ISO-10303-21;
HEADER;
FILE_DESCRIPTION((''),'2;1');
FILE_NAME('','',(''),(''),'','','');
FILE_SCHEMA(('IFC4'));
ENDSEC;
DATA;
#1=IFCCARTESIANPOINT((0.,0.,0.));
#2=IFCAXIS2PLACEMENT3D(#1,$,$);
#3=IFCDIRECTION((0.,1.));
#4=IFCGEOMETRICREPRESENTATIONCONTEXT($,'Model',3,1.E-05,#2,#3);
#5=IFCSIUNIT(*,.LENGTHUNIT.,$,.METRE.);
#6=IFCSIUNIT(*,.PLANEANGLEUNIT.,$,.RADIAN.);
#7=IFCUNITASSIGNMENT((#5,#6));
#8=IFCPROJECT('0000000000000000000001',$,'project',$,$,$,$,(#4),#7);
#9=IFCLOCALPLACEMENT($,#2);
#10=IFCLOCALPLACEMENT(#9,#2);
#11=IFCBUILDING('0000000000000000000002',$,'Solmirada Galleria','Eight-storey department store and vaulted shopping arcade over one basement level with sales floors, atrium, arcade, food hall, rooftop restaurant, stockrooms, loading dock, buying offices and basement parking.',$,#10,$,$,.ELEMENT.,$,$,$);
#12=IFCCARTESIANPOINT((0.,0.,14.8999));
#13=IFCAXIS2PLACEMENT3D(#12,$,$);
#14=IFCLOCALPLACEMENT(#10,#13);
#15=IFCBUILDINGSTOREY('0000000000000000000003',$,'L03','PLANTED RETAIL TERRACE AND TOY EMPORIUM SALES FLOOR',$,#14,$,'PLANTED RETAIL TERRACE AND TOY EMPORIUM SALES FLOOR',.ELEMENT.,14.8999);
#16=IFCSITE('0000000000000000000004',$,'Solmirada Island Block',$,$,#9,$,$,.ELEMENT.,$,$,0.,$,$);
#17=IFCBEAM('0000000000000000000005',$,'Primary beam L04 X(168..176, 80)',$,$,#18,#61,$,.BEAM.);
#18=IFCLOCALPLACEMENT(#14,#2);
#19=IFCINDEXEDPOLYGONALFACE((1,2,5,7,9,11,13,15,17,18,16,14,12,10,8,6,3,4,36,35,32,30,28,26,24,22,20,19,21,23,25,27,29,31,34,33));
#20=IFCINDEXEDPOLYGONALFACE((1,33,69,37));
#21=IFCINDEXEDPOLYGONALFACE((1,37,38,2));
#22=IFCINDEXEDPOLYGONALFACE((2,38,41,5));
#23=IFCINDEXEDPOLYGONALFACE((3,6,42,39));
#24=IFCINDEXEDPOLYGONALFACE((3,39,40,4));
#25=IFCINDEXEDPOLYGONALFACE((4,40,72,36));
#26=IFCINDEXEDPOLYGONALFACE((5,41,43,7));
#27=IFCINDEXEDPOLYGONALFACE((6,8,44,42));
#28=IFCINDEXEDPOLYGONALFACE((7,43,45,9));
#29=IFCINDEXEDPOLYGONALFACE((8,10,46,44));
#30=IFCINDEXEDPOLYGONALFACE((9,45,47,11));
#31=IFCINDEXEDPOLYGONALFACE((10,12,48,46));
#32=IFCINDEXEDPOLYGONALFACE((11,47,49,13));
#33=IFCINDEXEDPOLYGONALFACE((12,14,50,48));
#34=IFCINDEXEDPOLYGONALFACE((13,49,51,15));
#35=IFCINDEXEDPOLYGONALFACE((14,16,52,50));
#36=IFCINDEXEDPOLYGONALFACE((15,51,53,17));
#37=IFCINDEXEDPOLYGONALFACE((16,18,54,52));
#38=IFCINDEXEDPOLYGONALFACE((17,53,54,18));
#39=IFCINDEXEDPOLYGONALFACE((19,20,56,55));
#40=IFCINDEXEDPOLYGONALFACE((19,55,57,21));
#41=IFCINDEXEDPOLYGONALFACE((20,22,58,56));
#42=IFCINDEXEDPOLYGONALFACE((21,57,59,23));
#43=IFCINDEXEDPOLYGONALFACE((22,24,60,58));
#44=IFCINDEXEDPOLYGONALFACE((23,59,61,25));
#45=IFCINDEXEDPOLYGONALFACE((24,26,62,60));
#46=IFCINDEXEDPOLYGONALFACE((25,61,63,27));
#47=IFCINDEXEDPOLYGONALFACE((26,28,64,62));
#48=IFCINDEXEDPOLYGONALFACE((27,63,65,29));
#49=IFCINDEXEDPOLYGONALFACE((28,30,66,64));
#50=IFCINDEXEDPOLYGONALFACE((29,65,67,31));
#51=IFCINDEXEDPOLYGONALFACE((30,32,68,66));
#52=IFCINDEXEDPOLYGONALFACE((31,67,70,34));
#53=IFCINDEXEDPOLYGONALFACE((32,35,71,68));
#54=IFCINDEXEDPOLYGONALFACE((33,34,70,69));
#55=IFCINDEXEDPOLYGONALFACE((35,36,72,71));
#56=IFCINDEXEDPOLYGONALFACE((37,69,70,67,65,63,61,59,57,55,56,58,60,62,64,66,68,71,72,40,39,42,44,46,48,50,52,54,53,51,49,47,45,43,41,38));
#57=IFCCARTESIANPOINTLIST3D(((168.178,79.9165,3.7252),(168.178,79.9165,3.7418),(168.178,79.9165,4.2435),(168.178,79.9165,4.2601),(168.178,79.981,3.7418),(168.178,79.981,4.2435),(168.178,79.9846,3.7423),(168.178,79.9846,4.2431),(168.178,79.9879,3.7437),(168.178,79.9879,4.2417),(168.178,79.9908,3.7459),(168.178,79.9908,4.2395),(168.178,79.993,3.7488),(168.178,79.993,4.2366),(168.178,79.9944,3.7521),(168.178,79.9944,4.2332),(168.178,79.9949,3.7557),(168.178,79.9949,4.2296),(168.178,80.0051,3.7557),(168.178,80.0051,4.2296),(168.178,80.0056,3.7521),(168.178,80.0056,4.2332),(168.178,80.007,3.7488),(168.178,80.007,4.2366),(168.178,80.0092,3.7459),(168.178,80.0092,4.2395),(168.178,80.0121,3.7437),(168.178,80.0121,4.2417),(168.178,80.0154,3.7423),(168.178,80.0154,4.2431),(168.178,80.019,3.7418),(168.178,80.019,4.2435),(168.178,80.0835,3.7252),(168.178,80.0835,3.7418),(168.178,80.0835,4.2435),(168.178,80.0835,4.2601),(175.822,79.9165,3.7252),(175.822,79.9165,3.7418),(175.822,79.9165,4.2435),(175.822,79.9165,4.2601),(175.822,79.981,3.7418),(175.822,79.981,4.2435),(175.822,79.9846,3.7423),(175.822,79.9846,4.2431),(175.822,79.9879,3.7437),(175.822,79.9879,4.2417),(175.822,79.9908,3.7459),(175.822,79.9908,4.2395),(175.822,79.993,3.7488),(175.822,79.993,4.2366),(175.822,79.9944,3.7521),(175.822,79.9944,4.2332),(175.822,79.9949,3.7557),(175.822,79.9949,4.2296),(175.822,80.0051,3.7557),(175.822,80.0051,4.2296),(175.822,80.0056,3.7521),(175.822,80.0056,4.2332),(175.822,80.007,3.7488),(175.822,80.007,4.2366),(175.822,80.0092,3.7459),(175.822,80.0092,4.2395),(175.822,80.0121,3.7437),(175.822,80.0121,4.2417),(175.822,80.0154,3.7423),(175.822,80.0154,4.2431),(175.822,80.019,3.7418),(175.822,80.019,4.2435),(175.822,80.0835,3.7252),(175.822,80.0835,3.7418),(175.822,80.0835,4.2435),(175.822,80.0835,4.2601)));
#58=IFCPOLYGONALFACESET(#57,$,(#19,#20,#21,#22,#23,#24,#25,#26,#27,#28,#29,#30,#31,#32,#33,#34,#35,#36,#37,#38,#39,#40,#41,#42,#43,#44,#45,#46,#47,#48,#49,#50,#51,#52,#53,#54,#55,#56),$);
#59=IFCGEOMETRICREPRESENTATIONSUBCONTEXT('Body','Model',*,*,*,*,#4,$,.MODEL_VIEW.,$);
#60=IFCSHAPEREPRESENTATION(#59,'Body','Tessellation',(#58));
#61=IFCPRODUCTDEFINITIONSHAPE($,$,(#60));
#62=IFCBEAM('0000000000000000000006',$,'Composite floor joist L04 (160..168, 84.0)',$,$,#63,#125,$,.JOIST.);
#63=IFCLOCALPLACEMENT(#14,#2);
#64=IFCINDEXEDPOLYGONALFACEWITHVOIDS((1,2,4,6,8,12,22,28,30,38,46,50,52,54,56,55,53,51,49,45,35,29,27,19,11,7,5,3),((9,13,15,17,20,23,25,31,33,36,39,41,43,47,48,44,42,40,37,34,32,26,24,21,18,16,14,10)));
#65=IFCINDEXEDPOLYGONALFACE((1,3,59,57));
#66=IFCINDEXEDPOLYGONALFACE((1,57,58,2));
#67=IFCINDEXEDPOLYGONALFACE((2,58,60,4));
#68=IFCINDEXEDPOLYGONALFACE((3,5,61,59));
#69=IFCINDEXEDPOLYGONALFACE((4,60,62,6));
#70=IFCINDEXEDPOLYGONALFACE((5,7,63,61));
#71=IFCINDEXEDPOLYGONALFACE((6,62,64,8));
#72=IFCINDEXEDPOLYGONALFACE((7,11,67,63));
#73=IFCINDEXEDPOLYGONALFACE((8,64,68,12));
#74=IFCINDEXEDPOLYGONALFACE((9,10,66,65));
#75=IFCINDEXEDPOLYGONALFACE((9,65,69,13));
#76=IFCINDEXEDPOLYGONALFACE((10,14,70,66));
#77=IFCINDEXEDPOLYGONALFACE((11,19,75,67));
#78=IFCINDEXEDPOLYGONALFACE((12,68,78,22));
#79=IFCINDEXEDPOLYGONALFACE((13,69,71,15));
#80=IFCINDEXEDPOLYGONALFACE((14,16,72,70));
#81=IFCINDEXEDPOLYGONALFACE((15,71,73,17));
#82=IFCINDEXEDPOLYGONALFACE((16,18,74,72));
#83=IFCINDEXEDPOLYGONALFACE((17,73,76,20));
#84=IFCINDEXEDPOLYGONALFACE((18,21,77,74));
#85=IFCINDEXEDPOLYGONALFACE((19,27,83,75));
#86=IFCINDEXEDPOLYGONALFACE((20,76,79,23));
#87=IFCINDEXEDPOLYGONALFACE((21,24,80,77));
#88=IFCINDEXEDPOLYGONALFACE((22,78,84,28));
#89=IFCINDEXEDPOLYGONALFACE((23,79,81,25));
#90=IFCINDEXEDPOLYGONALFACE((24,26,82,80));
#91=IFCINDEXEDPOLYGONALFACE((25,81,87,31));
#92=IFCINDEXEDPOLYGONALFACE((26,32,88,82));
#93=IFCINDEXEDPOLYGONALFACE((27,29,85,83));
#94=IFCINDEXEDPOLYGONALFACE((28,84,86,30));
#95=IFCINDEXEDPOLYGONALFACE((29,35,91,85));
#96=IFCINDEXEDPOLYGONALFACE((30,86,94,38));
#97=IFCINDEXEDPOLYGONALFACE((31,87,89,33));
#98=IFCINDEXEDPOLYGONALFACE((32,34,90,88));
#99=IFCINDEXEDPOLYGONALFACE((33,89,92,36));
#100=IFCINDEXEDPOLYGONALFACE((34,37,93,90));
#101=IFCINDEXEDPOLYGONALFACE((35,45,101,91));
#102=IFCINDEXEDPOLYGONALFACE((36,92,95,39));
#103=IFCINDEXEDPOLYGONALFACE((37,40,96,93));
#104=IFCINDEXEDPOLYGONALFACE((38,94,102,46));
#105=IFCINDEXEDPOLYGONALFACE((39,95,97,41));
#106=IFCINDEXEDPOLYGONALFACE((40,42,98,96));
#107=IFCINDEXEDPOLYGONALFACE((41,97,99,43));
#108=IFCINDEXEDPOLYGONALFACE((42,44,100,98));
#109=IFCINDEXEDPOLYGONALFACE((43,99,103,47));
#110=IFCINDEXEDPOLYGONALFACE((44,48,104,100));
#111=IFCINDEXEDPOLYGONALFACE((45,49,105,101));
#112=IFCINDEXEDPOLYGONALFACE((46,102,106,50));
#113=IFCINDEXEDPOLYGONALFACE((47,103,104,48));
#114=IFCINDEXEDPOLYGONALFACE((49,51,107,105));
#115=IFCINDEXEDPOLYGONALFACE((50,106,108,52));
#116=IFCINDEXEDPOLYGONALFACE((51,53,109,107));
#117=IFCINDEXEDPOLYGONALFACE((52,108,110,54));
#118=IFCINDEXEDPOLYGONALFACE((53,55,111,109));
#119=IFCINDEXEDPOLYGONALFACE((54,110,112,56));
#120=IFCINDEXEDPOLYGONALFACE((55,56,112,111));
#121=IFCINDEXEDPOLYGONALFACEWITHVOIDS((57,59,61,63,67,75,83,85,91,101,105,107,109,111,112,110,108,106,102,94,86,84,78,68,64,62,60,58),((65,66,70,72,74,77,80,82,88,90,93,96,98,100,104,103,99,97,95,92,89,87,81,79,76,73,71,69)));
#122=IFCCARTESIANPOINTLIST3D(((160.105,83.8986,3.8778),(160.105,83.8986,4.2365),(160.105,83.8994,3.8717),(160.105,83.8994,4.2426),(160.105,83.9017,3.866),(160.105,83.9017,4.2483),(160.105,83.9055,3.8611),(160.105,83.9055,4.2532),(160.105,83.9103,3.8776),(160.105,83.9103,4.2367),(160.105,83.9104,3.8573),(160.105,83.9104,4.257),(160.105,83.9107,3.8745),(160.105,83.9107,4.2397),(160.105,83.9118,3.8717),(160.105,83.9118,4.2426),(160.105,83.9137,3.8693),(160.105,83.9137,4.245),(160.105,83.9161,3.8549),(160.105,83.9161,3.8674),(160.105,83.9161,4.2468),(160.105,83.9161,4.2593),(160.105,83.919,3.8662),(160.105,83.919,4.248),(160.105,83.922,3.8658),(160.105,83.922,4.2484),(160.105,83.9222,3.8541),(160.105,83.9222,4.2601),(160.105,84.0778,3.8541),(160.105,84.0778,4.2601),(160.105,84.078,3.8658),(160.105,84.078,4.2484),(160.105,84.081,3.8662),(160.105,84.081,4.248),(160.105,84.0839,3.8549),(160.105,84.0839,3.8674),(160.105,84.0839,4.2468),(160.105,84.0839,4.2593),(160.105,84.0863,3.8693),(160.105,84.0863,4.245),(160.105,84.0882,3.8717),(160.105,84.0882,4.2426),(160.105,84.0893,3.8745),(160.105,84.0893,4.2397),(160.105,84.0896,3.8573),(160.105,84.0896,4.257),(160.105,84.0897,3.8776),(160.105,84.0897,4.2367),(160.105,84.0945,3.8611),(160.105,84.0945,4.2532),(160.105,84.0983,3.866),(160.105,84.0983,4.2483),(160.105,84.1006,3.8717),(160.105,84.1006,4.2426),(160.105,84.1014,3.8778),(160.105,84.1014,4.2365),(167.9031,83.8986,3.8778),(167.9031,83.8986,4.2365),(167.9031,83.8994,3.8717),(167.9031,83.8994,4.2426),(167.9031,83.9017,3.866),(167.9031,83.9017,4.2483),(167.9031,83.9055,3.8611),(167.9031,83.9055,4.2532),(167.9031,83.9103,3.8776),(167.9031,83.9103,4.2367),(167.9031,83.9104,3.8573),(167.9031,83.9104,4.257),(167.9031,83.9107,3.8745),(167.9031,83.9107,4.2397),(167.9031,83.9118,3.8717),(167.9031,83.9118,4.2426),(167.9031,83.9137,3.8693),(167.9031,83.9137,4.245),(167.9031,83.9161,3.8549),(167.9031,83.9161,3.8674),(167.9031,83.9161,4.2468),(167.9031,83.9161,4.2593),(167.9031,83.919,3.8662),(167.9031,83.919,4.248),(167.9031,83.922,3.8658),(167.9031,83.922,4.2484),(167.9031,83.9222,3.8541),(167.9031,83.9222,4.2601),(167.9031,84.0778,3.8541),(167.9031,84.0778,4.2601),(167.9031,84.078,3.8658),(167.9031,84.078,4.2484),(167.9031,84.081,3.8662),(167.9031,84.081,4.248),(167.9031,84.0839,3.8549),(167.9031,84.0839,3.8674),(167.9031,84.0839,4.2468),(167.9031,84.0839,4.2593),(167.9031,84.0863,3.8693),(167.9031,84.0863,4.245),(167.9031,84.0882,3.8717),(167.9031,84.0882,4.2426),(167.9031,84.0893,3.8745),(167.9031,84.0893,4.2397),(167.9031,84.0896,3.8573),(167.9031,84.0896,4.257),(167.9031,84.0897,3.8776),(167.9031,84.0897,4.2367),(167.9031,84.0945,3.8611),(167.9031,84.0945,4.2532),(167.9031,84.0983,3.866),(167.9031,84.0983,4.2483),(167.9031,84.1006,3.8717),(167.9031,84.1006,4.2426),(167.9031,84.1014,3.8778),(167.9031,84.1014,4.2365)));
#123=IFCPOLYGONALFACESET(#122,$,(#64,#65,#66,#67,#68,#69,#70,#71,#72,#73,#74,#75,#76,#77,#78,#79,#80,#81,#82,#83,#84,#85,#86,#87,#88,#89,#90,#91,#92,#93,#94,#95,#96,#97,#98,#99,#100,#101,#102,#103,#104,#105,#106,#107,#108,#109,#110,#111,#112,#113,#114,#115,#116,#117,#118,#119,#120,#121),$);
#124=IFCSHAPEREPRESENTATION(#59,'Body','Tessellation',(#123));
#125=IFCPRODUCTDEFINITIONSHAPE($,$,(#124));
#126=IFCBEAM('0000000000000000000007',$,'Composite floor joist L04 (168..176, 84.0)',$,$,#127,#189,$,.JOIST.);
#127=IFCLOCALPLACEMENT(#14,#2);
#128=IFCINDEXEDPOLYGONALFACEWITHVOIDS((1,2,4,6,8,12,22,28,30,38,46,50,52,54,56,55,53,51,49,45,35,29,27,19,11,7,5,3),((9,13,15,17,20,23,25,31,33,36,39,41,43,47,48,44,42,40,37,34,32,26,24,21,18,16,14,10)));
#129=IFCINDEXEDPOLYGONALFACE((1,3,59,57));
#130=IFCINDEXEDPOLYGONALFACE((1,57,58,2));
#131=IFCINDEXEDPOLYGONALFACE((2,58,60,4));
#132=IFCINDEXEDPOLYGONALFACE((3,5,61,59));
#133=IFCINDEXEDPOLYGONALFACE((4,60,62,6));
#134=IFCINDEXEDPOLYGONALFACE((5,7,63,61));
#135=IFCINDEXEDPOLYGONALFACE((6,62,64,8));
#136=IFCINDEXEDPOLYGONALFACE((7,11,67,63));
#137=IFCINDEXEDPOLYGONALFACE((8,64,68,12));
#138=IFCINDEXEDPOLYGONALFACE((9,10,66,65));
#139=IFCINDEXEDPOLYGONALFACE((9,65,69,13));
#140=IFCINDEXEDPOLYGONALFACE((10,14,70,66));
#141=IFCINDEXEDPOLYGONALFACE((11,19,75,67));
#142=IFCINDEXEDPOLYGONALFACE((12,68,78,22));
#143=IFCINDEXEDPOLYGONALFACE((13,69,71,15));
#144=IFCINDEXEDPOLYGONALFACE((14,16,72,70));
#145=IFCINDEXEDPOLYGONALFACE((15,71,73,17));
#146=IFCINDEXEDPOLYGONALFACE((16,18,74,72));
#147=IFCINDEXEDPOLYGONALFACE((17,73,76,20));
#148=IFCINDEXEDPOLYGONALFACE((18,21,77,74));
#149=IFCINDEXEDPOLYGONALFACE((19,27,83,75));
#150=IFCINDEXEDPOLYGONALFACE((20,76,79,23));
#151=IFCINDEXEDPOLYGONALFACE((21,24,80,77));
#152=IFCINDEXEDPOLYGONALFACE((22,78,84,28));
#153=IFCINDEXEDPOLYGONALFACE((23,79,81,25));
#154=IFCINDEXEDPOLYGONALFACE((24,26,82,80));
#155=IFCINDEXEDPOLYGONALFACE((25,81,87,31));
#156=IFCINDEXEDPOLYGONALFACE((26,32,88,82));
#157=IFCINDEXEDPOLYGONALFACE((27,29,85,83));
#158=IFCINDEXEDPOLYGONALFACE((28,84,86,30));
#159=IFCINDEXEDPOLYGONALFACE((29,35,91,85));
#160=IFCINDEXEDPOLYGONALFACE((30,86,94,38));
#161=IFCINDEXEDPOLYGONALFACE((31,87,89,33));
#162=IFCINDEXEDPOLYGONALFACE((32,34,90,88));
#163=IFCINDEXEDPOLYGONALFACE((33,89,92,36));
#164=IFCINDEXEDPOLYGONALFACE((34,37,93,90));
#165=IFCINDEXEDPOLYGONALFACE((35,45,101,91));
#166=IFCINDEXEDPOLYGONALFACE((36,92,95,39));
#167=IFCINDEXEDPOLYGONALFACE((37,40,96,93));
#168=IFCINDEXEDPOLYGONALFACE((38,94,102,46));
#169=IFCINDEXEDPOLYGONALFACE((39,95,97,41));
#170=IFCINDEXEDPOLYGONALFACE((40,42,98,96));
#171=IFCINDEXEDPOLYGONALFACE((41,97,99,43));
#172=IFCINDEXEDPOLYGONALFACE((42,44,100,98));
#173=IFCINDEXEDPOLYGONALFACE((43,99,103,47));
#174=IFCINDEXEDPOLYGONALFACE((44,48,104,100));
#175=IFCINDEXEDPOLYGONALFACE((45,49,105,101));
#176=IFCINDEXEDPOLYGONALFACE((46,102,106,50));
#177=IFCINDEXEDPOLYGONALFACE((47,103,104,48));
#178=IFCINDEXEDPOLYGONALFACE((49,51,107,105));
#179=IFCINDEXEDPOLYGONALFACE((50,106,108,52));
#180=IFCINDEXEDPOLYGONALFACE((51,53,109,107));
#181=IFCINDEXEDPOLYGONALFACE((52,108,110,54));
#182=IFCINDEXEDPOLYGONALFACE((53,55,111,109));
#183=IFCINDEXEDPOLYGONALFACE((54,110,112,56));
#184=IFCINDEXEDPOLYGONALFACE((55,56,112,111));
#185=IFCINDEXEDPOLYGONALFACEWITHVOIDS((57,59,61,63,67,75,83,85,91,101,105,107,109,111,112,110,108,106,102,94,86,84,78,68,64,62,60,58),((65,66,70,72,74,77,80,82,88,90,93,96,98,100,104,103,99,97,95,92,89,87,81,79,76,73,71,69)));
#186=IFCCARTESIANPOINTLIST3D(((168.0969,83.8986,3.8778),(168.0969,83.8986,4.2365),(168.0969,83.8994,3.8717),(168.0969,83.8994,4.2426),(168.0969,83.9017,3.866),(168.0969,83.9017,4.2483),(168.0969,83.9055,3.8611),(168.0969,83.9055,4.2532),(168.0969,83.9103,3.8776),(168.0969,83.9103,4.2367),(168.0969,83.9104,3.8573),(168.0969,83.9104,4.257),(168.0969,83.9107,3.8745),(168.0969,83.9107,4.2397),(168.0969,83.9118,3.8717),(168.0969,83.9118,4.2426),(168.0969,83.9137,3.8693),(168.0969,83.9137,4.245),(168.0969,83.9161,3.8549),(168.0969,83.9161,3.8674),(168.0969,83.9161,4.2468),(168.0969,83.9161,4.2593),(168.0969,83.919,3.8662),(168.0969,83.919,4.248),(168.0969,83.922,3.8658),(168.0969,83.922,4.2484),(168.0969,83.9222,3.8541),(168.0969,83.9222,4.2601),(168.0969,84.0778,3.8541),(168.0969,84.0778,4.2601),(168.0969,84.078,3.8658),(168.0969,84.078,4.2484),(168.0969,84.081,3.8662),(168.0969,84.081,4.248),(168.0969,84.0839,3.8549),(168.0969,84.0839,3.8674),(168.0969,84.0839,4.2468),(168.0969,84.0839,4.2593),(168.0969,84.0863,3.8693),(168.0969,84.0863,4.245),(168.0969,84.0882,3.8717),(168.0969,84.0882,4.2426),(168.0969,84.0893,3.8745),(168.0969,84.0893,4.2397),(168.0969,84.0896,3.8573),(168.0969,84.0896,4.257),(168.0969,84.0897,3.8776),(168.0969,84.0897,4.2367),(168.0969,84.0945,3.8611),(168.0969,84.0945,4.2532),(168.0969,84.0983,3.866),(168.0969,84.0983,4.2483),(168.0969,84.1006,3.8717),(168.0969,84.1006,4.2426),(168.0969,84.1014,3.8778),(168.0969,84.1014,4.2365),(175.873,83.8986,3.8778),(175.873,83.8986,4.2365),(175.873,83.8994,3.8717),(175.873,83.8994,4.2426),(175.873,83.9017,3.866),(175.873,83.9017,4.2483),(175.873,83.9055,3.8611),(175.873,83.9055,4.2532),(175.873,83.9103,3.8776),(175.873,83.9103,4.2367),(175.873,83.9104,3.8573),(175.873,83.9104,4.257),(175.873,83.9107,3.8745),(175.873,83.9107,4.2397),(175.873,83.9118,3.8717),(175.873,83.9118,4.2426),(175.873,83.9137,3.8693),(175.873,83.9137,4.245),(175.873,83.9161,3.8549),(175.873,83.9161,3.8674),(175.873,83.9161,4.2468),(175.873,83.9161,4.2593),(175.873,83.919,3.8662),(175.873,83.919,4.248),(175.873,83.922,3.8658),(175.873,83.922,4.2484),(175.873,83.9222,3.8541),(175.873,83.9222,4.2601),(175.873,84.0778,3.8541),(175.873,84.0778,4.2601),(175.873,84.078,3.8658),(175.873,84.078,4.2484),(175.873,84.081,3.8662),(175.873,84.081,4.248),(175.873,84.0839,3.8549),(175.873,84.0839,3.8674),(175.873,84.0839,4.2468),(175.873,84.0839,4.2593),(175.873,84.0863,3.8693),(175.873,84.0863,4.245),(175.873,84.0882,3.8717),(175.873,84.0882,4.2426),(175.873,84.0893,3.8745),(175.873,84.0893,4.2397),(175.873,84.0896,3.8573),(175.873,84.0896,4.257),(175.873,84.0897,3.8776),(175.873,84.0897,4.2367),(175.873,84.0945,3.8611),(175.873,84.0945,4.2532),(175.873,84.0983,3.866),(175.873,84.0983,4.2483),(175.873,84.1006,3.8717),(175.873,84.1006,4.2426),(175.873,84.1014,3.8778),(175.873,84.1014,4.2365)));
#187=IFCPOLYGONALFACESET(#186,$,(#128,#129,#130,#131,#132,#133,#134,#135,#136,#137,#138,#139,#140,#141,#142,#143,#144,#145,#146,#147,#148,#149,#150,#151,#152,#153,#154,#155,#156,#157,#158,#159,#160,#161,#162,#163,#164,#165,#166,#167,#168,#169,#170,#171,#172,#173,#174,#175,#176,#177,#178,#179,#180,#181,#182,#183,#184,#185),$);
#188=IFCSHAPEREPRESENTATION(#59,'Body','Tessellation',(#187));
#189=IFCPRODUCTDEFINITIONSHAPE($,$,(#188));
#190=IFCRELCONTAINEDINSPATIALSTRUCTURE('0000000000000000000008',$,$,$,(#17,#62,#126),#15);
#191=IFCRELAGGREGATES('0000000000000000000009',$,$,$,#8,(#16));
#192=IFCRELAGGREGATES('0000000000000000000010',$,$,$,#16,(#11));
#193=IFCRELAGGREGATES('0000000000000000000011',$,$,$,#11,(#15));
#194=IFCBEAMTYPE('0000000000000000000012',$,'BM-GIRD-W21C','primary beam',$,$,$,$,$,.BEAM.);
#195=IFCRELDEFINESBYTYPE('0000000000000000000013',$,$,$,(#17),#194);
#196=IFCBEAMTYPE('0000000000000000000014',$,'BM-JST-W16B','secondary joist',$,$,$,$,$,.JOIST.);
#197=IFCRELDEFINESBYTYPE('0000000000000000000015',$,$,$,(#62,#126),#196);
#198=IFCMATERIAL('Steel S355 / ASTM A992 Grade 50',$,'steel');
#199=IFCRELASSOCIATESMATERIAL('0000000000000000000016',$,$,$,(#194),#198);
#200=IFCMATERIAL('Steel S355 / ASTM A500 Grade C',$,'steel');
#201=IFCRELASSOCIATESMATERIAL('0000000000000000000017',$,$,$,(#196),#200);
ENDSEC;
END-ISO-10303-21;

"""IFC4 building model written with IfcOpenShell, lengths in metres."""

from ifc_helpers import new_model, si_unit, direction, frame, origin, origin_2d, place, context, subcontext, project, spatial, hollow_rectangle, i_section, extrude, material, material_profile, profile_set, type_object, element, save


model = new_model("IFC4")

# Units and contexts
model_context = context("Model", 3, precision=1e-05, world=origin(), true_north=direction((0.0, 1.0)))
body_context = subcontext(model_context, "Body", "Model", "MODEL_VIEW")
ifc_project = project(units=[si_unit("LENGTHUNIT", "METRE"), si_unit("PLANEANGLEUNIT", "RADIAN")], contexts=[model_context])

# Site, building, storey
site_placement = place(None, origin())
site = spatial("IfcSite", under=ifc_project, at=site_placement, Name="Solmirada Island Block", CompositionType="ELEMENT", RefElevation=0.0)
building_placement = place(site_placement, origin())
building = spatial("IfcBuilding", under=site, at=building_placement, Name="Solmirada Galleria", Description="Eight-storey department store and vaulted shopping arcade over one basement level with sales floors, atrium, arcade, food hall, rooftop restaurant, stockrooms, loading dock, buying offices and basement parking.", CompositionType="ELEMENT")
storey_placement = place(building_placement, frame((0.0, 0.0, 14.8999)))
storey = spatial("IfcBuildingStorey", under=building, at=storey_placement, Name="L03", Description="PLANTED RETAIL TERRACE AND TOY EMPORIUM SALES FLOOR", LongName="PLANTED RETAIL TERRACE AND TOY EMPORIUM SALES FLOOR", CompositionType="ELEMENT", Elevation=14.8999)

# Shared definitions
ifc_material_1 = material(Name="Steel S355 / ASTM A500 Grade C", Category="steel")

# Beams
ifc_material_2 = material(Name="Steel S355 / ASTM A992 Grade 50", Category="steel")
ifc_material_profile_1 = material_profile(ifc_material_2, i_section(OverallWidth=0.167, OverallDepth=0.5349, WebThickness=0.0103, FlangeThickness=0.0166, FilletRadius=0.0139, at=origin_2d()), Name="W21X57")
ifc_profile_set_1 = profile_set([ifc_material_profile_1], Name="Steel S355 / ASTM A992 Grade 50")
beam_type_1 = type_object("IfcBeamType", Name="BM-GIRD-W21C", Description="primary beam", PredefinedType="BEAM", material=ifc_profile_set_1)
for number, where, z_axis, x_axis, name in (
    (1, (168.178, 80.0, 3.9927), (1.0, 0.0, 0.0), (0.0, 1.0, 0.0), "Primary beam L04 X(168..176, 80)"),
):
    element("IfcBeam", number, at=place(storey_placement, frame(where, z_axis=z_axis, x_axis=x_axis)), inside=storey, type_object=beam_type_1, Name=name, PredefinedType="BEAM", context=body_context, shape_type="SweptSolid", body=[
        extrude(i_section(OverallWidth=0.167, OverallDepth=0.5349, WebThickness=0.0103, FlangeThickness=0.0166, FilletRadius=0.0139, at=origin_2d()), origin(), (0.0, 0.0, 1.0), 7.644),
    ])
ifc_material_profile_2 = material_profile(ifc_material_1, hollow_rectangle(XDim=0.2029, YDim=0.406, WallThickness=0.0117, InnerFilletRadius=0.0117, OuterFilletRadius=0.0237, at=origin_2d()), Name="HSS16X8X1/2")
ifc_profile_set_2 = profile_set([ifc_material_profile_2], Name="Steel S355 / ASTM A500 Grade C")
beam_type_2 = type_object("IfcBeamType", Name="BM-JST-W16B", Description="secondary joist", PredefinedType="JOIST", material=ifc_profile_set_2)
beam_1_placement = place(storey_placement, frame((160.105, 84.0, 4.0571), z_axis=(1.0, 0.0, 0.0), x_axis=(0.0, 1.0, 0.0)))
element("IfcBeam", 2, at=beam_1_placement, inside=storey, type_object=beam_type_2, Name="Composite floor joist L04 (160..168, 84.0)", PredefinedType="JOIST", context=body_context, shape_type="SweptSolid", body=[
    extrude(hollow_rectangle(XDim=0.2029, YDim=0.406, WallThickness=0.0117, InnerFilletRadius=0.0117, OuterFilletRadius=0.0237, at=origin_2d()), origin(), (0.0, 0.0, 1.0), 7.7981),
])
beam_2_placement = place(storey_placement, frame((168.0969, 84.0, 4.0571), z_axis=(1.0, 0.0, 0.0), x_axis=(0.0, 1.0, 0.0)))
element("IfcBeam", 3, at=beam_2_placement, inside=storey, type_object=beam_type_2, Name="Composite floor joist L04 (168..176, 84.0)", PredefinedType="JOIST", context=body_context, shape_type="SweptSolid", body=[
    extrude(hollow_rectangle(XDim=0.2029, YDim=0.406, WallThickness=0.0117, InnerFilletRadius=0.0117, OuterFilletRadius=0.0237, at=origin_2d()), origin(), (0.0, 0.0, 1.0), 7.7761),
])

save(model, "model.ifc")
